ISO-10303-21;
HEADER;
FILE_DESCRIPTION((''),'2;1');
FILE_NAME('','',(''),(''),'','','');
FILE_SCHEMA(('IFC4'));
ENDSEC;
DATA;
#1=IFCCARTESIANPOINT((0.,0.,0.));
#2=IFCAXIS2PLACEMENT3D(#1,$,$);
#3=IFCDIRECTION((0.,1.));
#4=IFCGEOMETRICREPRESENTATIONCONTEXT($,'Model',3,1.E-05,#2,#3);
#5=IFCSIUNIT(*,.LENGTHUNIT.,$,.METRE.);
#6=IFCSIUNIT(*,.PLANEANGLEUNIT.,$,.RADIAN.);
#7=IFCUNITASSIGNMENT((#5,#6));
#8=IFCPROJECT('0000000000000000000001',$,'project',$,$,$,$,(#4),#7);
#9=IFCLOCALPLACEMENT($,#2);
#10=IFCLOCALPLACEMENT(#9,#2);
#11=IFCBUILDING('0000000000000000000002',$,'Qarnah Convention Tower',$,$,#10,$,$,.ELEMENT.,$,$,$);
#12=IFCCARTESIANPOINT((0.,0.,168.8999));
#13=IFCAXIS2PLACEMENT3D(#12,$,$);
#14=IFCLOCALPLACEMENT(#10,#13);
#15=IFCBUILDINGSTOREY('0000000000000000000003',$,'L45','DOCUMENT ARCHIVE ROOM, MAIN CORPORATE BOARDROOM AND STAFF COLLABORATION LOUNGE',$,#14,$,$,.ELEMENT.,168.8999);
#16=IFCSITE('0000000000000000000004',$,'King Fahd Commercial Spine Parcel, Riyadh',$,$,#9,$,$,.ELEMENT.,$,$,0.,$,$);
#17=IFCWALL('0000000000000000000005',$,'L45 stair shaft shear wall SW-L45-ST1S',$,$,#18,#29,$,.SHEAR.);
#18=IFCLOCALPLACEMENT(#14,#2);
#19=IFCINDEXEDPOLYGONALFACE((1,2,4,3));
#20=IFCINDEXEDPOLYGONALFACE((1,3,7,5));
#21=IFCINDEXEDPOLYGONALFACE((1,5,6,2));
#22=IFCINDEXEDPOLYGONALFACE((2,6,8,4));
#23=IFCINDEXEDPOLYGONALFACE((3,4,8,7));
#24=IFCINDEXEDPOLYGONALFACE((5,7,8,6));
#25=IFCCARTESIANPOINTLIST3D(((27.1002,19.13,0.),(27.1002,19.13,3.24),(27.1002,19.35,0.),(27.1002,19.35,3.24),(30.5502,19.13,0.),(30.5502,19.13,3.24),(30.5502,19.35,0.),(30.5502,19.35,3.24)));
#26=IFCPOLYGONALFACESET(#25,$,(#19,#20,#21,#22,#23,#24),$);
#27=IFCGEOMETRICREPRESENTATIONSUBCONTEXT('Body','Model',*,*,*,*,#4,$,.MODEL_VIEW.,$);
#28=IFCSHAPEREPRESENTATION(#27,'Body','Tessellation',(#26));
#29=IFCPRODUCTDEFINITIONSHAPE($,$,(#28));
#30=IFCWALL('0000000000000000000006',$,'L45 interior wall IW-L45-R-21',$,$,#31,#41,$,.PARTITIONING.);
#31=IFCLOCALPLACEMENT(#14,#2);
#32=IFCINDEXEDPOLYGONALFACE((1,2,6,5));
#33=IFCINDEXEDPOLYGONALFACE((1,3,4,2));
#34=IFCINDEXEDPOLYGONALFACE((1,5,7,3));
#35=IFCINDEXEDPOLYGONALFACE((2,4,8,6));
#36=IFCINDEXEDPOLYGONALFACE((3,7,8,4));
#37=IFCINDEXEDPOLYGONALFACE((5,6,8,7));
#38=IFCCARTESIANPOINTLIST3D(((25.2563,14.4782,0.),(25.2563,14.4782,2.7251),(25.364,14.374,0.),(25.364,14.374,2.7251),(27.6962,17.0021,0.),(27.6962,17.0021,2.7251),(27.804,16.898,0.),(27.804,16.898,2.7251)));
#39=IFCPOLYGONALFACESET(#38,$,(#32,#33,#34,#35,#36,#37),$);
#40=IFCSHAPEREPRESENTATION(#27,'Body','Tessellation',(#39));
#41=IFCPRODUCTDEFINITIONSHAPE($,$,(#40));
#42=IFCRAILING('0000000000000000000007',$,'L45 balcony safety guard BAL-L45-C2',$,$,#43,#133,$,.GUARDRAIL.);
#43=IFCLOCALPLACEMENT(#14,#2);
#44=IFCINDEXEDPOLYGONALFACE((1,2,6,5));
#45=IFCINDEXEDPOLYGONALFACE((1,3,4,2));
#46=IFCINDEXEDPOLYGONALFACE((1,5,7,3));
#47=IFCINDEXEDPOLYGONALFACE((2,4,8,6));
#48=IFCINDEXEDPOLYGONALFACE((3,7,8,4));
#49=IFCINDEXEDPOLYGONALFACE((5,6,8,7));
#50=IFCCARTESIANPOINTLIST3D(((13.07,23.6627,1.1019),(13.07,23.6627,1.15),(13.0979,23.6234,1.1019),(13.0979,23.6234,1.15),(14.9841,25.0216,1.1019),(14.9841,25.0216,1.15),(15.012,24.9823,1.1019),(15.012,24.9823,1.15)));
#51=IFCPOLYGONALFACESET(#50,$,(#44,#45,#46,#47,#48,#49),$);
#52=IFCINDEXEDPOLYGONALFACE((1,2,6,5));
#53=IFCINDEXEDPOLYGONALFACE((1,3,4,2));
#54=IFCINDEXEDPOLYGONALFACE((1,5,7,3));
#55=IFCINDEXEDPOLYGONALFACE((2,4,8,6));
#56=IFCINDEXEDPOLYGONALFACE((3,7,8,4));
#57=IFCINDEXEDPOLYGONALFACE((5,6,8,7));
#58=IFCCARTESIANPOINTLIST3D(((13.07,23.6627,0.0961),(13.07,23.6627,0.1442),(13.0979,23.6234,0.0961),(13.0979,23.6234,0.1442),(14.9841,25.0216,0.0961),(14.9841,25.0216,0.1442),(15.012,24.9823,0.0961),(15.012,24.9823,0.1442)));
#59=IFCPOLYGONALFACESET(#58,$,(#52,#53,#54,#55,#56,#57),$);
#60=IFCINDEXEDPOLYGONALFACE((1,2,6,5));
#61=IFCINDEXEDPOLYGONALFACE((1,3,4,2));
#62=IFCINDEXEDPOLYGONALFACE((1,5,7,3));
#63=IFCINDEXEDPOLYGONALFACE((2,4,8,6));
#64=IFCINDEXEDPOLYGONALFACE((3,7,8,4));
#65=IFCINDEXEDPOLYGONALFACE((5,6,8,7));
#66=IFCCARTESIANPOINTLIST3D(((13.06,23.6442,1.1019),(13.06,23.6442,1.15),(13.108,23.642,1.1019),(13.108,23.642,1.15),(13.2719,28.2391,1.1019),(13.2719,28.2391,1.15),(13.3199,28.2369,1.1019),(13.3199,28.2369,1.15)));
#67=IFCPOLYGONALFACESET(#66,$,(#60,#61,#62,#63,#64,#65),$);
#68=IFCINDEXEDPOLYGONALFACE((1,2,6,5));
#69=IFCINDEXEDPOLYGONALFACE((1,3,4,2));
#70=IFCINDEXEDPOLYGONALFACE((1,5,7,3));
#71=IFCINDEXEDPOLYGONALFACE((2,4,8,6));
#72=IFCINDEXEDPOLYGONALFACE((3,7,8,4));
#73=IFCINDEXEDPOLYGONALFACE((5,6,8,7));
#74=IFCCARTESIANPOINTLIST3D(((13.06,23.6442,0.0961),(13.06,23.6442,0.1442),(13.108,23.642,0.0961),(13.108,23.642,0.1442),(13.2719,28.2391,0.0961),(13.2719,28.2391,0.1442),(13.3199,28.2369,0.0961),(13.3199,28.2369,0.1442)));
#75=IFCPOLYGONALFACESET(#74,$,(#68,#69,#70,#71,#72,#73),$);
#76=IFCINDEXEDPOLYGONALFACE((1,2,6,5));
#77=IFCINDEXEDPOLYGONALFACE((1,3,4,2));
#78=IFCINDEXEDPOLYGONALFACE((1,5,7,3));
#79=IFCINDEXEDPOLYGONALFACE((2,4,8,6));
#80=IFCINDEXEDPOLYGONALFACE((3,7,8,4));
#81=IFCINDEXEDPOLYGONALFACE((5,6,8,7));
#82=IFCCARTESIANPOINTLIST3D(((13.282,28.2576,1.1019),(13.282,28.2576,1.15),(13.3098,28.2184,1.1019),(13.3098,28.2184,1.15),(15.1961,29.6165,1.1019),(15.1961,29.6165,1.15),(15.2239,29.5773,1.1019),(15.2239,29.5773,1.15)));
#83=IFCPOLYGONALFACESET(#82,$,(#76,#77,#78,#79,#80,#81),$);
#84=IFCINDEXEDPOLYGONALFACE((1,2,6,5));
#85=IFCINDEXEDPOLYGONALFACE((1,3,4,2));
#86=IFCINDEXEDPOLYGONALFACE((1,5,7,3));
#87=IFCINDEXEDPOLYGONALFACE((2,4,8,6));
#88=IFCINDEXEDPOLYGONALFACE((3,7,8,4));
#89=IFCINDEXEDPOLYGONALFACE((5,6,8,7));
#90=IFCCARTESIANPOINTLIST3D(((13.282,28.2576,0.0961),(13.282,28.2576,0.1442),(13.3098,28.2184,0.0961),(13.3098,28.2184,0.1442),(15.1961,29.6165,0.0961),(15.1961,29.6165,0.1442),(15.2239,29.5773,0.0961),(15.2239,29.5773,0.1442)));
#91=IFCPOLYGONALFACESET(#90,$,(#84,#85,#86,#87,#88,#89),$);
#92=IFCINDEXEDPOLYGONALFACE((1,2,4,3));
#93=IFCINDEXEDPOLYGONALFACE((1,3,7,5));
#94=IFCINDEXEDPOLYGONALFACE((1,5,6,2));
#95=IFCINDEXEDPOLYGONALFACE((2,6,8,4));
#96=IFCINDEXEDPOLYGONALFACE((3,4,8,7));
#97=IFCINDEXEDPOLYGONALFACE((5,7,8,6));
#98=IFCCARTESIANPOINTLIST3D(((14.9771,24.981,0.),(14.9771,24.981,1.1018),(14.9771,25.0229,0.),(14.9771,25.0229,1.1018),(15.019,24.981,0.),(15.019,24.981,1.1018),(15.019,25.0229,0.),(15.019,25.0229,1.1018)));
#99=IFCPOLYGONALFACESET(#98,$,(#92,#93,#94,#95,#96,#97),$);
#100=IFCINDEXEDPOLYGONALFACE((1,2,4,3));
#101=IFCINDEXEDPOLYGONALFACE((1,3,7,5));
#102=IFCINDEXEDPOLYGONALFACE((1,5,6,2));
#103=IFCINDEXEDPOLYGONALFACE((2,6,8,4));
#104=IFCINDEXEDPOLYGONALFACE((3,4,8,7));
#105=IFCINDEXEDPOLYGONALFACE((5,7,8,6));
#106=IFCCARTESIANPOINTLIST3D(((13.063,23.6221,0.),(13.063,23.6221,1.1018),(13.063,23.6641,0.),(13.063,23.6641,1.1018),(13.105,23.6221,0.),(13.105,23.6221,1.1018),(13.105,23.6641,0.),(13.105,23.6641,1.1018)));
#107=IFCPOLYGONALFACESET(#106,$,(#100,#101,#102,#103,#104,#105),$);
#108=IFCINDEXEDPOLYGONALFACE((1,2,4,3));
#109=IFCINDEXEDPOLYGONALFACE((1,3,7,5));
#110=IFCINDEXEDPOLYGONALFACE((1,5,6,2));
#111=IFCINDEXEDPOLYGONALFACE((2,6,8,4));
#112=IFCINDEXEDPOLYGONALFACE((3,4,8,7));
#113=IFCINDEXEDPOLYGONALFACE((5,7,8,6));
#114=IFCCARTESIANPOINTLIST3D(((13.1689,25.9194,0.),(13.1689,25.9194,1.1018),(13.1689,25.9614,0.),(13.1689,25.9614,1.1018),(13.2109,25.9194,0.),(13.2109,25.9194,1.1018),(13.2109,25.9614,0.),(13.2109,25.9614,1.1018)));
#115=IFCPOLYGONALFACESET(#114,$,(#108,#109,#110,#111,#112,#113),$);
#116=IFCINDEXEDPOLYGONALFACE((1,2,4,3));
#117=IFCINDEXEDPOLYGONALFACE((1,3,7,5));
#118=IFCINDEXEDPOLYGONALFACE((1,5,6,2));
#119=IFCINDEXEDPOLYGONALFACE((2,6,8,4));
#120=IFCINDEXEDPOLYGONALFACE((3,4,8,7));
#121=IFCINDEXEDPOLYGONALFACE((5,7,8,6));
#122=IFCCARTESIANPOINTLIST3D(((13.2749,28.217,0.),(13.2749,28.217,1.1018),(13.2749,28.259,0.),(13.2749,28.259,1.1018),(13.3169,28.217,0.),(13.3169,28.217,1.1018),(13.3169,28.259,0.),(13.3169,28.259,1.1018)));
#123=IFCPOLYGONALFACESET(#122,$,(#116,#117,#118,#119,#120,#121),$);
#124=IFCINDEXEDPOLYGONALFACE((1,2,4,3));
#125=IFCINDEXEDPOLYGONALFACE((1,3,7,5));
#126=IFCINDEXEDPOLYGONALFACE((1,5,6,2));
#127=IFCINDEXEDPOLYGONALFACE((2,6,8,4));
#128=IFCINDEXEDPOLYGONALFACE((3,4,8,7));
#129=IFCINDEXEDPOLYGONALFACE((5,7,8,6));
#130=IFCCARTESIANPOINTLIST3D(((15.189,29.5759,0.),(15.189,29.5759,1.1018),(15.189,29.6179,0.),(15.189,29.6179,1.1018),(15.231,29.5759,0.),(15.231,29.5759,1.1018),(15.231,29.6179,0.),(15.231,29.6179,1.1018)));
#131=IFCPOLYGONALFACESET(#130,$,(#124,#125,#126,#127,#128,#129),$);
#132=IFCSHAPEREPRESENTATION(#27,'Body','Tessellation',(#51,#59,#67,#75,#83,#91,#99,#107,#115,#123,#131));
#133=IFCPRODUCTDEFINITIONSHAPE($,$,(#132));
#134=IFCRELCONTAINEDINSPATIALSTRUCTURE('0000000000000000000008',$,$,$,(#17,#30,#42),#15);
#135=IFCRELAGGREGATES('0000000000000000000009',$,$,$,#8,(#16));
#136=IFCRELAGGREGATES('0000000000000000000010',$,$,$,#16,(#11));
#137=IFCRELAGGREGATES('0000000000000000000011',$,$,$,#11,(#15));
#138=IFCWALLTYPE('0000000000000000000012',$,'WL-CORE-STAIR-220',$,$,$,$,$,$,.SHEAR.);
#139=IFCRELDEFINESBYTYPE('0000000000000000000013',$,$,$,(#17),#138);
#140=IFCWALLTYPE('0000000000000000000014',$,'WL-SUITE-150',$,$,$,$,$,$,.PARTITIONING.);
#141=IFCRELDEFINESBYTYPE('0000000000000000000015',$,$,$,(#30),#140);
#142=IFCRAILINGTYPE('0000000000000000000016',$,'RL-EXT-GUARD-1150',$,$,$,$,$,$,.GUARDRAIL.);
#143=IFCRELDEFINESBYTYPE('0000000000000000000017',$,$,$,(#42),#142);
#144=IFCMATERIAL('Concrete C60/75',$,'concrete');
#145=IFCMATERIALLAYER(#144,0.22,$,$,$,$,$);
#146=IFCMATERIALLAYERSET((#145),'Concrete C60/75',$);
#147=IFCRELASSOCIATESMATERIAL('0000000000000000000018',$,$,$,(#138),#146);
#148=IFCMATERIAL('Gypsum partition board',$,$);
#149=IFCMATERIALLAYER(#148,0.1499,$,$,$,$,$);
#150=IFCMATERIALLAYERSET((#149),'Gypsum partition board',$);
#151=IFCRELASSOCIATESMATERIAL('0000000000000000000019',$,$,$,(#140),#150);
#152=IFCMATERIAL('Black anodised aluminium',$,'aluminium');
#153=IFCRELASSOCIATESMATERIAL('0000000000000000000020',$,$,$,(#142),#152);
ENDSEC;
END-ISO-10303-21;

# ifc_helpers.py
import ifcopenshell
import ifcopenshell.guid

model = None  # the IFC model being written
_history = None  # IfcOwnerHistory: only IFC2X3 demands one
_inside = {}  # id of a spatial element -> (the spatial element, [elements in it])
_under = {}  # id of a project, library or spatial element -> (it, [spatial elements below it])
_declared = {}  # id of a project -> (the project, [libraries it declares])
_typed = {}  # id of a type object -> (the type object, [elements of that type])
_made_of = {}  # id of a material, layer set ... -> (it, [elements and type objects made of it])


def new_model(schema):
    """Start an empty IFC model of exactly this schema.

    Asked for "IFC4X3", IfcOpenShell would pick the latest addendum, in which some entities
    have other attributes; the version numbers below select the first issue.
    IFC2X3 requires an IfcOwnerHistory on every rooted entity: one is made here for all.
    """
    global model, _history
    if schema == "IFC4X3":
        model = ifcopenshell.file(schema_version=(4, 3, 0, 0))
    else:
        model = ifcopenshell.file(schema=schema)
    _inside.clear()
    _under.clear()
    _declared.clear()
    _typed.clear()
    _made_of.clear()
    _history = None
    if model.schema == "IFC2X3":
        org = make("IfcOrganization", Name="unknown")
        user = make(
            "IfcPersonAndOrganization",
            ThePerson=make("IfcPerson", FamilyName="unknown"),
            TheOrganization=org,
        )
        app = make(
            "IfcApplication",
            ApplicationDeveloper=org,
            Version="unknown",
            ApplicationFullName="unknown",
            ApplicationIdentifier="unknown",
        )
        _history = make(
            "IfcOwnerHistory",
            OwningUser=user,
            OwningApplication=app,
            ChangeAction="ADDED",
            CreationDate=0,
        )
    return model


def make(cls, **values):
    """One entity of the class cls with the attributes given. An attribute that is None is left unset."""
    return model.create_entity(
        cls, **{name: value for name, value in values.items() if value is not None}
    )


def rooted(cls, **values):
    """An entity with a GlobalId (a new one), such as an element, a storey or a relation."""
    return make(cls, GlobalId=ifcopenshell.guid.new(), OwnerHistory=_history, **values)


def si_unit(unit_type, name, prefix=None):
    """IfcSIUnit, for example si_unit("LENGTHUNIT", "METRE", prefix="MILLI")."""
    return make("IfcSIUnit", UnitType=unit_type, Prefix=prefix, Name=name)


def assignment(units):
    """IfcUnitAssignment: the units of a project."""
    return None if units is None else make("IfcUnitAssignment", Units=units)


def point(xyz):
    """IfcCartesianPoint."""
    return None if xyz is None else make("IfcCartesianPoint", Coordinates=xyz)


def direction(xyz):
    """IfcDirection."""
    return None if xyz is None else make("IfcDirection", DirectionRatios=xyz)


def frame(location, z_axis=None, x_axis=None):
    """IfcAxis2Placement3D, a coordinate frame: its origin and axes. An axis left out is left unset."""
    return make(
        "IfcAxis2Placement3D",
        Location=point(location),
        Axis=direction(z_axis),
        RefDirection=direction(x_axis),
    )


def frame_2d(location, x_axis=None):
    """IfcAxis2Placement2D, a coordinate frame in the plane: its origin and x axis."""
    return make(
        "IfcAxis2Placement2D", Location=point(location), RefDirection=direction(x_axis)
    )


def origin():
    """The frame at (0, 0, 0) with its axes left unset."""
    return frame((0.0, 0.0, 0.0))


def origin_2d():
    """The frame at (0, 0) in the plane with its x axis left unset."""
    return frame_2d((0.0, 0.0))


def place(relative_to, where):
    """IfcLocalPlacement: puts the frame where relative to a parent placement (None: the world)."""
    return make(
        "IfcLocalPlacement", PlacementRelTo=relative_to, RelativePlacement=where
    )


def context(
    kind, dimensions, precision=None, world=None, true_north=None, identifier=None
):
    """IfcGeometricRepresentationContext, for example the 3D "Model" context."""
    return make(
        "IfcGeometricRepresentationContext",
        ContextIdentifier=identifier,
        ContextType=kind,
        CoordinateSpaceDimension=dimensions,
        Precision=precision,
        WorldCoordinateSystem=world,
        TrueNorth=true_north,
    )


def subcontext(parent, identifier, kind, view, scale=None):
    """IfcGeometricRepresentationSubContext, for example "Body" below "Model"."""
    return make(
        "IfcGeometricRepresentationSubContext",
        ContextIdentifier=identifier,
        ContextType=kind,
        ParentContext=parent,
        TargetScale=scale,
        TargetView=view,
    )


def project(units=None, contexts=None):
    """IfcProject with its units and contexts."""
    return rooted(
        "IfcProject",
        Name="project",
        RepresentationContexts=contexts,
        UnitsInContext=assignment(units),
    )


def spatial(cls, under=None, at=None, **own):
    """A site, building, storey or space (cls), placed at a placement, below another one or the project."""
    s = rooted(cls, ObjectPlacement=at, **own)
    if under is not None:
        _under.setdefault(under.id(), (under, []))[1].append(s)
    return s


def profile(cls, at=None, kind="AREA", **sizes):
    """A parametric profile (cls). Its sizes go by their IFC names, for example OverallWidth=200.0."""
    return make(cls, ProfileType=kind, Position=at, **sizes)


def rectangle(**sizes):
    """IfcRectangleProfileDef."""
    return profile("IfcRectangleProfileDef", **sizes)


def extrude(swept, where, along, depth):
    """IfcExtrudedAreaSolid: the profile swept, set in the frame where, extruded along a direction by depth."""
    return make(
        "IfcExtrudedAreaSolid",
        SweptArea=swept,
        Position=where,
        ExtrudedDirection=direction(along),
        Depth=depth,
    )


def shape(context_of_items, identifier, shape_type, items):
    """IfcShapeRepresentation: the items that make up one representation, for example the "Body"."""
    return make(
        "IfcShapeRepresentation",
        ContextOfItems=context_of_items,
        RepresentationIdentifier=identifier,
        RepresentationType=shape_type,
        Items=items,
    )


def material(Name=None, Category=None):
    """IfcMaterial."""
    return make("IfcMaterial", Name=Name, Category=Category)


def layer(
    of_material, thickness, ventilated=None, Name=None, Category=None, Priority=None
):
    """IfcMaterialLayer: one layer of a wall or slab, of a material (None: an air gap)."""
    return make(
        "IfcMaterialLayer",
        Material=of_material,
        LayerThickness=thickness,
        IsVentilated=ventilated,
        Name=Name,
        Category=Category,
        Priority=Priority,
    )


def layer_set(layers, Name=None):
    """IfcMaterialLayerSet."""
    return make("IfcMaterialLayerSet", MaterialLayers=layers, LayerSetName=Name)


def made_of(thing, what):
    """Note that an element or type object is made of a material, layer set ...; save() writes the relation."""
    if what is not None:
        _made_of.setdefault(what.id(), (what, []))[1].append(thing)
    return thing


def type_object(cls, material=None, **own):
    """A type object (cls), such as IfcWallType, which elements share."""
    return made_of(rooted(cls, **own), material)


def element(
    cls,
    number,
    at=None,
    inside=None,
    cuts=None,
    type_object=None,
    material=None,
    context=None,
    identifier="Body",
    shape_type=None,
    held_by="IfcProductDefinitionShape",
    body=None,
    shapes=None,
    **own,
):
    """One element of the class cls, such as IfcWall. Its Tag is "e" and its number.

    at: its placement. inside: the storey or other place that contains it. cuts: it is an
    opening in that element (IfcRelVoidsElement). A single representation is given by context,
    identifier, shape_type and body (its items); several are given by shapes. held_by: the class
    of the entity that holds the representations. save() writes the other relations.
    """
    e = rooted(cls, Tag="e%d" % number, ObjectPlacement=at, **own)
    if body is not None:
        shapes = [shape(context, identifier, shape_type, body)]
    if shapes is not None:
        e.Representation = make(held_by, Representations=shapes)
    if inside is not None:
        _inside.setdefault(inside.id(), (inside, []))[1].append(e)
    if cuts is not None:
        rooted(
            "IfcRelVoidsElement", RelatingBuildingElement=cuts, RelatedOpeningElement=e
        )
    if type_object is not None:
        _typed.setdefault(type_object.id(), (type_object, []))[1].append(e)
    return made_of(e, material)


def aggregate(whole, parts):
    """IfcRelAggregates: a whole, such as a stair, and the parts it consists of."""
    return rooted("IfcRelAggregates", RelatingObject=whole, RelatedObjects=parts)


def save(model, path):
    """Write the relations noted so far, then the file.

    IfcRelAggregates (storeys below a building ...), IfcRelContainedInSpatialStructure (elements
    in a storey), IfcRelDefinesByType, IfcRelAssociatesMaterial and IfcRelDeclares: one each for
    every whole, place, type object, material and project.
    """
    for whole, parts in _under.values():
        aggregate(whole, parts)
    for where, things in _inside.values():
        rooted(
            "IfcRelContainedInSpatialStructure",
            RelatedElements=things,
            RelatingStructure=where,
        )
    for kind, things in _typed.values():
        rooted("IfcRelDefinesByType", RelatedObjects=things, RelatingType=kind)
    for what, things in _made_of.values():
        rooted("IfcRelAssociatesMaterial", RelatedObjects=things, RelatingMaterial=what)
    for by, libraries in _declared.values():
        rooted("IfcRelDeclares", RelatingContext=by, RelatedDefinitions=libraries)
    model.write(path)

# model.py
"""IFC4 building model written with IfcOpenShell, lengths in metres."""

from ifc_helpers import new_model, si_unit, direction, frame, frame_2d, origin, origin_2d, place, context, subcontext, project, spatial, rectangle, extrude, material, layer, layer_set, type_object, element, save


model = new_model("IFC4")

# Units and contexts
model_context = context("Model", 3, precision=1e-05, world=origin(), true_north=direction((0.0, 1.0)))
body_context = subcontext(model_context, "Body", "Model", "MODEL_VIEW")
ifc_project = project(units=[si_unit("LENGTHUNIT", "METRE"), si_unit("PLANEANGLEUNIT", "RADIAN")], contexts=[model_context])

# Site, building, storey
site_placement = place(None, origin())
site = spatial("IfcSite", under=ifc_project, at=site_placement, Name="King Fahd Commercial Spine Parcel, Riyadh", CompositionType="ELEMENT", RefElevation=0.0)
building_placement = place(site_placement, origin())
building = spatial("IfcBuilding", under=site, at=building_placement, Name="Qarnah Convention Tower", CompositionType="ELEMENT")
storey_placement = place(building_placement, frame((0.0, 0.0, 168.8999)))
storey = spatial("IfcBuildingStorey", under=building, at=storey_placement, Name="L45", Description="DOCUMENT ARCHIVE ROOM, MAIN CORPORATE BOARDROOM AND STAFF COLLABORATION LOUNGE", CompositionType="ELEMENT", Elevation=168.8999)

# Shared definitions
ifc_material_1 = material(Name="Concrete C60/75", Category="concrete")

# Shared definitions
ifc_material_2 = material(Name="Black anodised aluminium", Category="aluminium")

# Wall
ifc_layer_1 = layer(ifc_material_1, 0.22)
ifc_layer_set_1 = layer_set([ifc_layer_1], Name="Concrete C60/75")
wall_type_1 = type_object("IfcWallType", Name="WL-CORE-STAIR-220", PredefinedType="SHEAR", material=ifc_layer_set_1)
wall_1_placement = place(storey_placement, frame((27.1001, 19.24, 0.0), z_axis=(0.0, 0.0, 1.0), x_axis=(1.0, 0.0, 0.0)))
element("IfcWall", 1, at=wall_1_placement, inside=storey, type_object=wall_type_1, Name="L45 stair shaft shear wall SW-L45-ST1S", PredefinedType="SHEAR", context=body_context, shape_type="SweptSolid", body=[
    extrude(rectangle(XDim=3.45, YDim=0.22, at=frame_2d((1.7251, 0.0))), origin(), (0.0, 0.0, 1.0), 3.24),
])

# Wall
ifc_material_3 = material(Name="Gypsum partition board")
ifc_layer_2 = layer(ifc_material_3, 0.1499)
ifc_layer_set_2 = layer_set([ifc_layer_2], Name="Gypsum partition board")
wall_type_2 = type_object("IfcWallType", Name="WL-SUITE-150", PredefinedType="PARTITIONING", material=ifc_layer_set_2)
wall_2_placement = place(storey_placement, frame((25.3101, 14.426, 0.0), z_axis=(0.0, 0.0, 1.0), x_axis=(0.695044, 0.718968, 0.0)))
element("IfcWall", 2, at=wall_2_placement, inside=storey, type_object=wall_type_2, Name="L45 interior wall IW-L45-R-21", PredefinedType="PARTITIONING", context=body_context, shape_type="SweptSolid", body=[
    extrude(rectangle(XDim=3.5105, YDim=0.1499, at=frame_2d((1.7554, 0.0))), origin(), (0.0, 0.0, 1.0), 2.7251),
])

# Railing
railing_type = type_object("IfcRailingType", Name="RL-EXT-GUARD-1150", PredefinedType="GUARDRAIL", material=ifc_material_2)
railing_placement = place(storey_placement, frame((14.998, 25.002, 0.0)))
element("IfcRailing", 3, at=railing_placement, inside=storey, type_object=railing_type, Name="L45 balcony safety guard BAL-L45-C2", PredefinedType="GUARDRAIL", context=body_context, shape_type="SweptSolid", body=[
    extrude(rectangle(XDim=0.0481, YDim=0.0481, at=origin_2d()), frame((0.0, 0.0, 1.126), z_axis=(-0.815403, -0.578894, 0.0), x_axis=(0.578894, -0.815403, 0.0)), (0.0, 0.0, 1.0), 2.3474),
    extrude(rectangle(XDim=0.0481, YDim=0.0481, at=origin_2d()), frame((0.0, 0.0, 0.1201), z_axis=(-0.815403, -0.578894, 0.0), x_axis=(0.578894, -0.815403, 0.0)), (0.0, 0.0, 1.0), 2.3474),
    extrude(rectangle(XDim=0.0481, YDim=0.0481, at=origin_2d()), frame((-1.9141, -1.3589, 1.126), z_axis=(0.04607, 0.998938, 0.0), x_axis=(-0.998938, 0.04607, 0.0)), (0.0, 0.0, 1.0), 4.5999),
    extrude(rectangle(XDim=0.0481, YDim=0.0481, at=origin_2d()), frame((-1.9141, -1.3589, 0.1201), z_axis=(0.04607, 0.998938, 0.0), x_axis=(-0.998938, 0.04607, 0.0)), (0.0, 0.0, 1.0), 4.5999),
    extrude(rectangle(XDim=0.0481, YDim=0.0481, at=origin_2d()), frame((-1.7021, 3.2361, 1.126), z_axis=(0.815403, 0.578894, 0.0), x_axis=(-0.578894, 0.815403, 0.0)), (0.0, 0.0, 1.0), 2.3474),
    extrude(rectangle(XDim=0.0481, YDim=0.0481, at=origin_2d()), frame((-1.7021, 3.2361, 0.1201), z_axis=(0.815403, 0.578894, 0.0), x_axis=(-0.578894, 0.815403, 0.0)), (0.0, 0.0, 1.0), 2.3474),
    extrude(rectangle(XDim=0.042, YDim=0.042, at=origin_2d()), origin(), (0.0, 0.0, 1.0), 1.1018),
    extrude(rectangle(XDim=0.042, YDim=0.042, at=origin_2d()), frame((-1.9141, -1.3589, 0.0)), (0.0, 0.0, 1.0), 1.1018),
    extrude(rectangle(XDim=0.042, YDim=0.042, at=origin_2d()), frame((-1.8081, 0.9385, 0.0)), (0.0, 0.0, 1.0), 1.1018),
    extrude(rectangle(XDim=0.042, YDim=0.042, at=origin_2d()), frame((-1.7021, 3.2361, 0.0)), (0.0, 0.0, 1.0), 1.1018),
    extrude(rectangle(XDim=0.042, YDim=0.042, at=origin_2d()), frame((0.2119, 4.595, 0.0)), (0.0, 0.0, 1.0), 1.1018),
])

save(model, "model.ifc")
